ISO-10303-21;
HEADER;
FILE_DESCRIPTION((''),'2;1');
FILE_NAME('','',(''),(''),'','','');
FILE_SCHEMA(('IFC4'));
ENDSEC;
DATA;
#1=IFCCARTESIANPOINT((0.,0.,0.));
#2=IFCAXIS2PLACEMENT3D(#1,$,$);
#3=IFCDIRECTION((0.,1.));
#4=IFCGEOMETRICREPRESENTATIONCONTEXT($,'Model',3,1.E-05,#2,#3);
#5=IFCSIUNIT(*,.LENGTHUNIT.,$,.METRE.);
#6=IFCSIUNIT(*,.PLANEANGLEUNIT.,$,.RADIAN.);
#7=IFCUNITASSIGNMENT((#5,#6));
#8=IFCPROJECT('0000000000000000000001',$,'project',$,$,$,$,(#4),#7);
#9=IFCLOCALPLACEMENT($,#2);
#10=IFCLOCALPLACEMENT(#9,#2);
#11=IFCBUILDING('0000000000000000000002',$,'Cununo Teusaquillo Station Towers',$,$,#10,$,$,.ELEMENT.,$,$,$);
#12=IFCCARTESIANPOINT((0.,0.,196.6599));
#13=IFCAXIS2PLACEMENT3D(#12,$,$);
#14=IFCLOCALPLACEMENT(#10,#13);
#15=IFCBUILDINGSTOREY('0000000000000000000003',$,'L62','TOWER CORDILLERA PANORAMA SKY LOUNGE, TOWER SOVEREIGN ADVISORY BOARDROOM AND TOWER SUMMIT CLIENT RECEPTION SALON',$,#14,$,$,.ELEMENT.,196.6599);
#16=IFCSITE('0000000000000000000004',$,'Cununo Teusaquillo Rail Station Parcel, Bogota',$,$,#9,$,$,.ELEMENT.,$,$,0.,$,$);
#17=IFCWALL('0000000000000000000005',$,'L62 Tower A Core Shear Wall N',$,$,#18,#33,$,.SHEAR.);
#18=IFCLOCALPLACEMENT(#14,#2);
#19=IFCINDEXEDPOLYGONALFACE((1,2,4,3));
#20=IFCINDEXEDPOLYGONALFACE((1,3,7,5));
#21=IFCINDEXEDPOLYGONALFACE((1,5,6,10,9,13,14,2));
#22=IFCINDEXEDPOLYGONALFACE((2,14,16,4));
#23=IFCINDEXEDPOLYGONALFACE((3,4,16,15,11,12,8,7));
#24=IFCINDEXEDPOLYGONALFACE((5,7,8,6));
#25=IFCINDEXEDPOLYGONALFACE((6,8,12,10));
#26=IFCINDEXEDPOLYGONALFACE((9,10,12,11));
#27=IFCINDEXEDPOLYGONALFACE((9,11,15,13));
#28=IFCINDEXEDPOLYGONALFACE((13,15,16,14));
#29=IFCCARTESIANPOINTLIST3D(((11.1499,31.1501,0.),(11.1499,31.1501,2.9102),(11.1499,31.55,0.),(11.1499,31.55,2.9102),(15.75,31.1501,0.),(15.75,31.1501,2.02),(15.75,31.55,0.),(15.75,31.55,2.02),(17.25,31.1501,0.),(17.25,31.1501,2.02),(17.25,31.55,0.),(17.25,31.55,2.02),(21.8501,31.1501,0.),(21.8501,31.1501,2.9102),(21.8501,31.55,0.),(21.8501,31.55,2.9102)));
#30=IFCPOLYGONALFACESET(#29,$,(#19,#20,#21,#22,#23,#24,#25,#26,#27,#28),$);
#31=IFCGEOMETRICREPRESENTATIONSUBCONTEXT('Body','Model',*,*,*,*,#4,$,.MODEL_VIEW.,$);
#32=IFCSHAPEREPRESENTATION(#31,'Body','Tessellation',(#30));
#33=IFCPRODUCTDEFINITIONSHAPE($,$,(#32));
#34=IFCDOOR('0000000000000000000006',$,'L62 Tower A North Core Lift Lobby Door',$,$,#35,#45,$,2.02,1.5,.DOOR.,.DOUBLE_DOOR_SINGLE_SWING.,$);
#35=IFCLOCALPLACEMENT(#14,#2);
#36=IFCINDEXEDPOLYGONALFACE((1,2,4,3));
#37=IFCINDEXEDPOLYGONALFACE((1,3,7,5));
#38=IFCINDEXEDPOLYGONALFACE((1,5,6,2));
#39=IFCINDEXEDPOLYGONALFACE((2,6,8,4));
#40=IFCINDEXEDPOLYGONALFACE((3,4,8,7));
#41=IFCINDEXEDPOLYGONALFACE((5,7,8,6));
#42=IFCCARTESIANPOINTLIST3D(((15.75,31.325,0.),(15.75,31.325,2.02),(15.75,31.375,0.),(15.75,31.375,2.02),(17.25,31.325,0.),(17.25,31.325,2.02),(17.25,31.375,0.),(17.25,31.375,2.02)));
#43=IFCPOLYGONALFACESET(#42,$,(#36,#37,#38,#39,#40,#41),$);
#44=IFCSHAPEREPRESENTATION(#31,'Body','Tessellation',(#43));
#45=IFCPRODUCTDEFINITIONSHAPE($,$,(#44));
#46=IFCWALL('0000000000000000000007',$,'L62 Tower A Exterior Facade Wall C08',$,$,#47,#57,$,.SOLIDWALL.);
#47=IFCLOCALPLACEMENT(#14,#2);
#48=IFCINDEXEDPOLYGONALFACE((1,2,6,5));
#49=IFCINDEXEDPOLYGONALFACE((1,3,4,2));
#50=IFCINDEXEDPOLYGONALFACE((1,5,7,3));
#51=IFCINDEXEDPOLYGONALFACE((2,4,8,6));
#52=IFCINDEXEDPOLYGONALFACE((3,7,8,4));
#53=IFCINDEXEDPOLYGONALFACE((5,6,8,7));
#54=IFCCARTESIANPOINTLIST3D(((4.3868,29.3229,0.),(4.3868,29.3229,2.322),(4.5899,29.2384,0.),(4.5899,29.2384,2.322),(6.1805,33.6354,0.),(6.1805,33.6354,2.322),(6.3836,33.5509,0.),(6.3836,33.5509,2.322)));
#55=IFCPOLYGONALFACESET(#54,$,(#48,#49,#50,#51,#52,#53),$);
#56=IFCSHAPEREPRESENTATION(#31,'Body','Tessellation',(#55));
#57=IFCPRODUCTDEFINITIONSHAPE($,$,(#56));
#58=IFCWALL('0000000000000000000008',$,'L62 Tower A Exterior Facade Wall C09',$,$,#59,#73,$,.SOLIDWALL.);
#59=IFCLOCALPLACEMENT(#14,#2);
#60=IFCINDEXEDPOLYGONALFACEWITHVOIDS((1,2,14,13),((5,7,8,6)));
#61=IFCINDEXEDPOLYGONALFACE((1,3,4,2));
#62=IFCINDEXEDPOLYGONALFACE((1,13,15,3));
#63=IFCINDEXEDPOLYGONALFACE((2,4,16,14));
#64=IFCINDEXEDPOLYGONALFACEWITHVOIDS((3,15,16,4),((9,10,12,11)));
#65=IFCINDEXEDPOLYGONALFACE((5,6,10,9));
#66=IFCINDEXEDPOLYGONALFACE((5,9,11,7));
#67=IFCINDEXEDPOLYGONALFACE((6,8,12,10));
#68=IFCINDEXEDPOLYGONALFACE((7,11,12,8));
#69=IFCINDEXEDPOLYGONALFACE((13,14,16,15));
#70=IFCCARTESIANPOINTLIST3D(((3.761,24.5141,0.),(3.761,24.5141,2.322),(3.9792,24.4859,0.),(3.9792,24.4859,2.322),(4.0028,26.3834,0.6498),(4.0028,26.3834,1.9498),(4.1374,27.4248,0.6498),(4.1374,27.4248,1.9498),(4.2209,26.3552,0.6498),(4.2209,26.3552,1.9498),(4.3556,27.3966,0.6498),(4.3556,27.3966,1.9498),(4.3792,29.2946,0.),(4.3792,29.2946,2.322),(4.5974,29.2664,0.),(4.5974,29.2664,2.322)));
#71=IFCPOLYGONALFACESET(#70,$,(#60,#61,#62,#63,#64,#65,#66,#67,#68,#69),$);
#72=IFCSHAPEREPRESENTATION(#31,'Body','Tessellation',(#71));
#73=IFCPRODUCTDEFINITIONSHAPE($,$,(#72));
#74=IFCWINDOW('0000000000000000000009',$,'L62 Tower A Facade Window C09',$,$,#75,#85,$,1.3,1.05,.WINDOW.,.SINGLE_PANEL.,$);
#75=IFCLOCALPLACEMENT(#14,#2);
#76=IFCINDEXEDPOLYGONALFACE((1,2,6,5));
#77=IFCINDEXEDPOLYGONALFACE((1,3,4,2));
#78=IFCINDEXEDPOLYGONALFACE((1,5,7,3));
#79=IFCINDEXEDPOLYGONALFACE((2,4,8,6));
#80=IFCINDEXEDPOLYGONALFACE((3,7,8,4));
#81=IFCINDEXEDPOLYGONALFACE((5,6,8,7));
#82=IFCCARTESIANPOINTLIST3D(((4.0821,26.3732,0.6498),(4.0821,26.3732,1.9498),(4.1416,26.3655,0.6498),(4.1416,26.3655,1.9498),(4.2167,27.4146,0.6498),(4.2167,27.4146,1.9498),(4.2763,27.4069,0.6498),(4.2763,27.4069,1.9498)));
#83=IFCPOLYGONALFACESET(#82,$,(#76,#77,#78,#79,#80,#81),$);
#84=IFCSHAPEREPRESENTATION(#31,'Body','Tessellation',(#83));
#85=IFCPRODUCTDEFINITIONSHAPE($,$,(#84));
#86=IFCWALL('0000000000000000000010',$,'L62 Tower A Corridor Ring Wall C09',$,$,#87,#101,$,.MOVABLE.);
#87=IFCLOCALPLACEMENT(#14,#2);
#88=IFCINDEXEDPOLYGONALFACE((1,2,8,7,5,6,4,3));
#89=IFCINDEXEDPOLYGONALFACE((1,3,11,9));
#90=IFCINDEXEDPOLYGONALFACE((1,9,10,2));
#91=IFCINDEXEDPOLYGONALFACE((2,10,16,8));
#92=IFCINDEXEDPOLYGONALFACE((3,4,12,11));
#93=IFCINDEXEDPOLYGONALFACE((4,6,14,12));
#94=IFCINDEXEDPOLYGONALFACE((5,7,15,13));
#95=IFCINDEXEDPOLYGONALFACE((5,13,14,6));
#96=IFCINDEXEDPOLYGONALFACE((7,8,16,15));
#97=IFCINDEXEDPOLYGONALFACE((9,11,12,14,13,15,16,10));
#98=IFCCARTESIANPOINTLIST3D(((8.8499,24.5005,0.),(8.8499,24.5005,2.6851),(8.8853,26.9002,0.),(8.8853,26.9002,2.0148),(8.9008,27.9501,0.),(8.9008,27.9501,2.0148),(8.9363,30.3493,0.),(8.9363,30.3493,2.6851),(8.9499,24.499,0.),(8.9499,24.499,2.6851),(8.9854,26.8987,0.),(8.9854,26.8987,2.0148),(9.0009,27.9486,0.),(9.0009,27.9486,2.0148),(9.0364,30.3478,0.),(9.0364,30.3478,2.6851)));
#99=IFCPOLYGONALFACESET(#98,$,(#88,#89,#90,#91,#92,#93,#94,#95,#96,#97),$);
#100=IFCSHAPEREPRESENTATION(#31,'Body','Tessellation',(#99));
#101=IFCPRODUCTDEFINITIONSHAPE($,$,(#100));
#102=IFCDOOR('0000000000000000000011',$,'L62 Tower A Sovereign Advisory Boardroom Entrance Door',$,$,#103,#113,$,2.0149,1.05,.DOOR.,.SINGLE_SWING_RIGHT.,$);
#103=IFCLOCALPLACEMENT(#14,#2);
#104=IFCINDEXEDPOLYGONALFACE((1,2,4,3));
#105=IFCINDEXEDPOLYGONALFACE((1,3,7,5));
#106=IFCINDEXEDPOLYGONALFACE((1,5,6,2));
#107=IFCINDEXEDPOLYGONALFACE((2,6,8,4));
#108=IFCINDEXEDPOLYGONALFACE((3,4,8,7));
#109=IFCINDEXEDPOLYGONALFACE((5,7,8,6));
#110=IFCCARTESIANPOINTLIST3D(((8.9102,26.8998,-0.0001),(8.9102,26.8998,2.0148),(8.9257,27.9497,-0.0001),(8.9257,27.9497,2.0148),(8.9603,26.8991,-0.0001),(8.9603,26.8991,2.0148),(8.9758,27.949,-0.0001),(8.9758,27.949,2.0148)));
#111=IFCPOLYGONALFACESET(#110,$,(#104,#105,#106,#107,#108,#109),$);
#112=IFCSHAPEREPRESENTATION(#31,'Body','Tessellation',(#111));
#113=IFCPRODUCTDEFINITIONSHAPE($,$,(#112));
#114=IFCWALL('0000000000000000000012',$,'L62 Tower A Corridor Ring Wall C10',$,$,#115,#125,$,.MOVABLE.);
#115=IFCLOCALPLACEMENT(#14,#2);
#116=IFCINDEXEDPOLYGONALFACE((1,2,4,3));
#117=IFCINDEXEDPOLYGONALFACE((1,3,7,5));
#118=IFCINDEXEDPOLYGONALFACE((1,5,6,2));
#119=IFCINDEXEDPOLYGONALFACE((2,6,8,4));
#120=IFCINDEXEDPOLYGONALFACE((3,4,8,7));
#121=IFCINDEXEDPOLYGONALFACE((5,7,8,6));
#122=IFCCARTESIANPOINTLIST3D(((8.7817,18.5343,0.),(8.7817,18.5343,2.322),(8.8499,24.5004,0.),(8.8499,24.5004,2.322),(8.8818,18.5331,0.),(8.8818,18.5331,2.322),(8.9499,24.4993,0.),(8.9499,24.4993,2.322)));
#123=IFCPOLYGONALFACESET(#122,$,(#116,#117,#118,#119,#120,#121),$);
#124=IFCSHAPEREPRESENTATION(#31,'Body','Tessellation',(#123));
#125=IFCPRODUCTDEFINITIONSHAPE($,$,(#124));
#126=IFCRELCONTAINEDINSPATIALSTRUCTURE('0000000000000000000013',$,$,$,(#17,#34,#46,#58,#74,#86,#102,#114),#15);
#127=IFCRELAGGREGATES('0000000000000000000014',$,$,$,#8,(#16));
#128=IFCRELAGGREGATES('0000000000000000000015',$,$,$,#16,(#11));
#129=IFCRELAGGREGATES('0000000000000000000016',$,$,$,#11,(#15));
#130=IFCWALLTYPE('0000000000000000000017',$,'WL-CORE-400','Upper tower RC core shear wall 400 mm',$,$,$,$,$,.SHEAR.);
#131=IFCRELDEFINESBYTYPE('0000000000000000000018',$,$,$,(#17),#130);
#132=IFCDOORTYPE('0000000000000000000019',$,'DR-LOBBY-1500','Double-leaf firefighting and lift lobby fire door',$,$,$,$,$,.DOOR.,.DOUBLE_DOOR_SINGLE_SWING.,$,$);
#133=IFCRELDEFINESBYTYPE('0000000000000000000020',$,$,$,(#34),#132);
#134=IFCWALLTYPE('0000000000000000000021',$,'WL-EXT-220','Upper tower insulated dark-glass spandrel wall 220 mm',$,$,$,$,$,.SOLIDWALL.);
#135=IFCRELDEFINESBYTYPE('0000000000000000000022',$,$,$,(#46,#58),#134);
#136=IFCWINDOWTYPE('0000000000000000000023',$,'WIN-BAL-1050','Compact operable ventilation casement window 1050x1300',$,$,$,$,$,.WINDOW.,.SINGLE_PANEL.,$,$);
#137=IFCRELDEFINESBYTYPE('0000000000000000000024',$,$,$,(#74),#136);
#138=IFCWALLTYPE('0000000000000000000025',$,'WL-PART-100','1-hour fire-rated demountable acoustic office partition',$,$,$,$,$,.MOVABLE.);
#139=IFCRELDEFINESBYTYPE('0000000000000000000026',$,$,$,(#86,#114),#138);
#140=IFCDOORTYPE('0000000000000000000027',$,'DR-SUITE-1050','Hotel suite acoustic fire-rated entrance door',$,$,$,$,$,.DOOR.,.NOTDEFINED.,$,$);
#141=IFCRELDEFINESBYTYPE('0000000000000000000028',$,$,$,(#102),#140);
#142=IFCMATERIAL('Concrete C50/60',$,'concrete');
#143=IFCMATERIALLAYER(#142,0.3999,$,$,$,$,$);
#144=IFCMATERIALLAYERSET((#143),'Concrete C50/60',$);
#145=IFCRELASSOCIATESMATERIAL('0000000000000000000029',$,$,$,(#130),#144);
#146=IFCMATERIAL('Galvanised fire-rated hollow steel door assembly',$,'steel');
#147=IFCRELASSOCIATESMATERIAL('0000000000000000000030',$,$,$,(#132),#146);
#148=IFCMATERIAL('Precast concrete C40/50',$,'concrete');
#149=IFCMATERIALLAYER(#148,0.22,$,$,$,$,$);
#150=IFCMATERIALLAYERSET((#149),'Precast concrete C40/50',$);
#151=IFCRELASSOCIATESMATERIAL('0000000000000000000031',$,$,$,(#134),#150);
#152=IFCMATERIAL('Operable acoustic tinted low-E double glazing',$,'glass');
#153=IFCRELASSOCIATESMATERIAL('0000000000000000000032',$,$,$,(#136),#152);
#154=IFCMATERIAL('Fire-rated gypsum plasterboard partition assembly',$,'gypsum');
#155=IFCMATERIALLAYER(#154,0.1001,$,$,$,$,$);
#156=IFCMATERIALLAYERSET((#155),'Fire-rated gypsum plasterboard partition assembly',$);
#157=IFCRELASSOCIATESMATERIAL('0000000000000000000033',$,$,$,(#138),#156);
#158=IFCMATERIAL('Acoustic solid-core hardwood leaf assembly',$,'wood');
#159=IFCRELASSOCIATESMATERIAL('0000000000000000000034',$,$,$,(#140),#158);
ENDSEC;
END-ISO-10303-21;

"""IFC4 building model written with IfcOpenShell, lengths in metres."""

from ifc_helpers import new_model, si_unit, direction, frame, frame_2d, origin, place, context, subcontext, project, spatial, rectangle, extrude, source, transform, mapped, material, layer, layer_set, type_object, element, fill, save


model = new_model("IFC4")

# Units and contexts
model_context = context("Model", 3, precision=1e-05, world=origin(), true_north=direction((0.0, 1.0)))
body_context = subcontext(model_context, "Body", "Model", "MODEL_VIEW")
ifc_project = project(units=[si_unit("LENGTHUNIT", "METRE"), si_unit("PLANEANGLEUNIT", "RADIAN")], contexts=[model_context])

# Site, building, storey
site_placement = place(None, origin())
site = spatial("IfcSite", under=ifc_project, at=site_placement, Name="Cununo Teusaquillo Rail Station Parcel, Bogota", CompositionType="ELEMENT", RefElevation=0.0)
building_placement = place(site_placement, origin())
building = spatial("IfcBuilding", under=site, at=building_placement, Name="Cununo Teusaquillo Station Towers", CompositionType="ELEMENT")
storey_placement = place(building_placement, frame((0.0, 0.0, 196.6599)))
storey = spatial("IfcBuildingStorey", under=building, at=storey_placement, Name="L62", Description="TOWER CORDILLERA PANORAMA SKY LOUNGE, TOWER SOVEREIGN ADVISORY BOARDROOM AND TOWER SUMMIT CLIENT RECEPTION SALON", CompositionType="ELEMENT", Elevation=196.6599)

# Wall, opening, door
ifc_material_1 = material(Name="Concrete C50/60", Category="concrete")
ifc_layer_1 = layer(ifc_material_1, 0.3999)
ifc_layer_set_1 = layer_set([ifc_layer_1], Name="Concrete C50/60")
wall_type_1 = type_object("IfcWallType", Name="WL-CORE-400", Description="Upper tower RC core shear wall 400 mm", PredefinedType="SHEAR", material=ifc_layer_set_1)
wall_1_placement = place(storey_placement, frame((11.1499, 31.3501, 0.0), z_axis=(0.0, 0.0, 1.0), x_axis=(1.0, 0.0, 0.0)))
wall_1 = element("IfcWall", 1, at=wall_1_placement, inside=storey, type_object=wall_type_1, Name="L62 Tower A Core Shear Wall N", PredefinedType="SHEAR", context=body_context, shape_type="SweptSolid", body=[
    extrude(rectangle(XDim=10.7002, YDim=0.3999, at=frame_2d((5.3501, 0.0))), origin(), (0.0, 0.0, 1.0), 2.9102),
])
shared_shape_1 = source(origin(), body_context, "Body", "SweptSolid", [
    extrude(rectangle(XDim=1.5, YDim=2.02, at=frame_2d((0.75, 1.01))), frame((0.0, 0.21, 0.0), z_axis=(0.0, -1.0, 0.0), x_axis=(1.0, 0.0, 0.0)), (0.0, 0.0, 1.0), 0.4199),
])
opening_1_placement = place(wall_1_placement, frame((4.6001, 0.0, 0.0)))
opening_1 = element("IfcOpeningElement", 2, at=opening_1_placement, cuts=wall_1, PredefinedType="OPENING", context=body_context, shape_type="MappedRepresentation", body=[
    mapped(shared_shape_1, transform((0.0, 0.0, 0.0), x_axis=(1.0, 0.0, 0.0), y_axis=(0.0, 1.0, 0.0), z_axis=(0.0, 0.0, 1.0), scale=1.0)),
])
ifc_material_2 = material(Name="Galvanised fire-rated hollow steel door assembly", Category="steel")
door_type_1 = type_object("IfcDoorType", Name="DR-LOBBY-1500", Description="Double-leaf firefighting and lift lobby fire door", OperationType="DOUBLE_DOOR_SINGLE_SWING", PredefinedType="DOOR", material=ifc_material_2)
shared_shape_2 = source(origin(), body_context, "Body", "SweptSolid", [
    extrude(rectangle(XDim=1.5, YDim=2.02, at=frame_2d((0.75, 1.01))), frame((0.0, 0.0249, 0.0), z_axis=(0.0, -1.0, 0.0), x_axis=(1.0, 0.0, 0.0)), (0.0, 0.0, 1.0), 0.05),
])
door_1_placement = place(opening_1_placement, origin())
door_1 = element("IfcDoor", 3, at=door_1_placement, inside=storey, type_object=door_type_1, Name="L62 Tower A North Core Lift Lobby Door", OperationType="DOUBLE_DOOR_SINGLE_SWING", OverallHeight=2.02, OverallWidth=1.5, PredefinedType="DOOR", context=body_context, shape_type="MappedRepresentation", body=[
    mapped(shared_shape_2, transform((0.0, 0.0, 0.0), x_axis=(1.0, 0.0, 0.0), y_axis=(0.0, 1.0, 0.0), z_axis=(0.0, 0.0, 1.0), scale=1.0)),
])
fill(opening_1, door_1)

# Wall
ifc_material_3 = material(Name="Precast concrete C40/50", Category="concrete")
ifc_layer_2 = layer(ifc_material_3, 0.22)
ifc_layer_set_2 = layer_set([ifc_layer_2], Name="Precast concrete C40/50")
wall_type_2 = type_object("IfcWallType", Name="WL-EXT-220", Description="Upper tower insulated dark-glass spandrel wall 220 mm", PredefinedType="SOLIDWALL", material=ifc_layer_set_2)
wall_2_placement = place(storey_placement, frame((4.4883, 29.2805, 0.0), z_axis=(0.0, 0.0, 1.0), x_axis=(0.384036, 0.923318, 0.0)))
element("IfcWall", 4, at=wall_2_placement, inside=storey, type_object=wall_type_2, Name="L62 Tower A Exterior Facade Wall C08", PredefinedType="SOLIDWALL", context=body_context, shape_type="SweptSolid", body=[
    extrude(rectangle(XDim=4.6707, YDim=0.22, at=frame_2d((2.3354, 0.0))), origin(), (0.0, 0.0, 1.0), 2.322),
])

# Wall, opening, window
wall_3_placement = place(storey_placement, frame((3.8701, 24.5, 0.0), z_axis=(0.0, 0.0, 1.0), x_axis=(0.128241, 0.991743, 0.0)))
wall_3 = element("IfcWall", 5, at=wall_3_placement, inside=storey, type_object=wall_type_2, Name="L62 Tower A Exterior Facade Wall C09", PredefinedType="SOLIDWALL", context=body_context, shape_type="SweptSolid", body=[
    extrude(rectangle(XDim=4.8203, YDim=0.22, at=frame_2d((2.4102, 0.0))), origin(), (0.0, 0.0, 1.0), 2.322),
])
shared_shape_3 = source(origin(), body_context, "Body", "SweptSolid", [
    extrude(rectangle(XDim=1.05, YDim=1.3, at=frame_2d((0.5249, 0.6499))), frame((0.0, 0.1199, 0.0), z_axis=(0.0, -1.0, 0.0), x_axis=(1.0, 0.0, 0.0)), (0.0, 0.0, 1.0), 0.24),
])
opening_2_placement = place(wall_3_placement, frame((1.885, 0.0, 0.6499)))
opening_2 = element("IfcOpeningElement", 6, at=opening_2_placement, cuts=wall_3, PredefinedType="OPENING", context=body_context, shape_type="MappedRepresentation", body=[
    mapped(shared_shape_3, transform((0.0, 0.0, 0.0), x_axis=(1.0, 0.0, 0.0), y_axis=(0.0, 1.0, 0.0), z_axis=(0.0, 0.0, 1.0), scale=1.0)),
])
ifc_material_4 = material(Name="Operable acoustic tinted low-E double glazing", Category="glass")
window_type = type_object("IfcWindowType", Name="WIN-BAL-1050", Description="Compact operable ventilation casement window 1050x1300", PartitioningType="SINGLE_PANEL", PredefinedType="WINDOW", material=ifc_material_4)
shared_shape_4 = source(origin(), body_context, "Body", "SweptSolid", [
    extrude(rectangle(XDim=1.05, YDim=1.3, at=frame_2d((0.5249, 0.6499))), frame((0.0, 0.03, 0.0), z_axis=(0.0, -1.0, 0.0), x_axis=(1.0, 0.0, 0.0)), (0.0, 0.0, 1.0), 0.0601),
])
window_placement = place(opening_2_placement, origin())
window = element("IfcWindow", 7, at=window_placement, inside=storey, type_object=window_type, Name="L62 Tower A Facade Window C09", OverallHeight=1.3, OverallWidth=1.05, PartitioningType="SINGLE_PANEL", PredefinedType="WINDOW", context=body_context, shape_type="MappedRepresentation", body=[
    mapped(shared_shape_4, transform((0.0, 0.0, 0.0), x_axis=(1.0, 0.0, 0.0), y_axis=(0.0, 1.0, 0.0), z_axis=(0.0, 0.0, 1.0), scale=1.0)),
])
fill(opening_2, window)

# Wall, opening, door
ifc_material_5 = material(Name="Fire-rated gypsum plasterboard partition assembly", Category="gypsum")
ifc_layer_3 = layer(ifc_material_5, 0.1001)
ifc_layer_set_3 = layer_set([ifc_layer_3], Name="Fire-rated gypsum plasterboard partition assembly")
wall_type_3 = type_object("IfcWallType", Name="WL-PART-100", Description="1-hour fire-rated demountable acoustic office partition", PredefinedType="MOVABLE", material=ifc_layer_set_3)
wall_4_placement = place(storey_placement, frame((8.9863, 30.3486, 0.0), z_axis=(0.0, 0.0, 1.0), x_axis=(-0.014775, -0.999891, 0.0)))
wall_4 = element("IfcWall", 8, at=wall_4_placement, inside=storey, type_object=wall_type_3, Name="L62 Tower A Corridor Ring Wall C09", PredefinedType="MOVABLE", context=body_context, shape_type="SweptSolid", body=[
    extrude(rectangle(XDim=5.8494, YDim=0.1001, at=frame_2d((2.9248, 0.0))), origin(), (0.0, 0.0, 1.0), 2.6851),
])
shared_shape_5 = source(origin(), body_context, "Body", "SweptSolid", [
    extrude(rectangle(XDim=1.05, YDim=2.0149, at=frame_2d((0.5249, 1.0073))), frame((0.0, 0.0601, 0.0), z_axis=(0.0, -1.0, 0.0), x_axis=(1.0, 0.0, 0.0)), (0.0, 0.0, 1.0), 0.1201),
])
opening_3_placement = place(wall_4_placement, frame((2.3997, 0.0, 0.0)))
opening_3 = element("IfcOpeningElement", 9, at=opening_3_placement, cuts=wall_4, PredefinedType="OPENING", context=body_context, shape_type="MappedRepresentation", body=[
    mapped(shared_shape_5, transform((0.0, 0.0, 0.0), x_axis=(1.0, 0.0, 0.0), y_axis=(0.0, 1.0, 0.0), z_axis=(0.0, 0.0, 1.0), scale=1.0)),
])
ifc_material_6 = material(Name="Acoustic solid-core hardwood leaf assembly", Category="wood")
door_type_2 = type_object("IfcDoorType", Name="DR-SUITE-1050", Description="Hotel suite acoustic fire-rated entrance door", OperationType="NOTDEFINED", PredefinedType="DOOR", material=ifc_material_6)
shared_shape_6 = source(origin(), body_context, "Body", "SweptSolid", [
    extrude(rectangle(XDim=1.05, YDim=2.0149, at=frame_2d((0.5249, 1.0073))), frame((0.0, 0.0249, 0.0), z_axis=(0.0, -1.0, 0.0), x_axis=(1.0, 0.0, 0.0)), (0.0, 0.0, 1.0), 0.05),
])
door_2_placement = place(opening_3_placement, origin())
door_2 = element("IfcDoor", 10, at=door_2_placement, inside=storey, type_object=door_type_2, Name="L62 Tower A Sovereign Advisory Boardroom Entrance Door", OperationType="SINGLE_SWING_RIGHT", OverallHeight=2.0149, OverallWidth=1.05, PredefinedType="DOOR", context=body_context, shape_type="MappedRepresentation", body=[
    mapped(shared_shape_6, transform((0.0, 0.0, 0.0), x_axis=(1.0, 0.0, 0.0), y_axis=(0.0, 1.0, 0.0), z_axis=(0.0, 0.0, 1.0), scale=1.0)),
])
fill(opening_3, door_2)

# Wall
wall_5_placement = place(storey_placement, frame((8.8999, 24.5, 0.0), z_axis=(0.0, 0.0, 1.0), x_axis=(-0.011416, -0.999935, 0.0)))
element("IfcWall", 11, at=wall_5_placement, inside=storey, type_object=wall_type_3, Name="L62 Tower A Corridor Ring Wall C10", PredefinedType="MOVABLE", context=body_context, shape_type="SweptSolid", body=[
    extrude(rectangle(XDim=5.9666, YDim=0.1001, at=frame_2d((2.9834, 0.0))), origin(), (0.0, 0.0, 1.0), 2.322),
])

save(model, "model.ifc")
